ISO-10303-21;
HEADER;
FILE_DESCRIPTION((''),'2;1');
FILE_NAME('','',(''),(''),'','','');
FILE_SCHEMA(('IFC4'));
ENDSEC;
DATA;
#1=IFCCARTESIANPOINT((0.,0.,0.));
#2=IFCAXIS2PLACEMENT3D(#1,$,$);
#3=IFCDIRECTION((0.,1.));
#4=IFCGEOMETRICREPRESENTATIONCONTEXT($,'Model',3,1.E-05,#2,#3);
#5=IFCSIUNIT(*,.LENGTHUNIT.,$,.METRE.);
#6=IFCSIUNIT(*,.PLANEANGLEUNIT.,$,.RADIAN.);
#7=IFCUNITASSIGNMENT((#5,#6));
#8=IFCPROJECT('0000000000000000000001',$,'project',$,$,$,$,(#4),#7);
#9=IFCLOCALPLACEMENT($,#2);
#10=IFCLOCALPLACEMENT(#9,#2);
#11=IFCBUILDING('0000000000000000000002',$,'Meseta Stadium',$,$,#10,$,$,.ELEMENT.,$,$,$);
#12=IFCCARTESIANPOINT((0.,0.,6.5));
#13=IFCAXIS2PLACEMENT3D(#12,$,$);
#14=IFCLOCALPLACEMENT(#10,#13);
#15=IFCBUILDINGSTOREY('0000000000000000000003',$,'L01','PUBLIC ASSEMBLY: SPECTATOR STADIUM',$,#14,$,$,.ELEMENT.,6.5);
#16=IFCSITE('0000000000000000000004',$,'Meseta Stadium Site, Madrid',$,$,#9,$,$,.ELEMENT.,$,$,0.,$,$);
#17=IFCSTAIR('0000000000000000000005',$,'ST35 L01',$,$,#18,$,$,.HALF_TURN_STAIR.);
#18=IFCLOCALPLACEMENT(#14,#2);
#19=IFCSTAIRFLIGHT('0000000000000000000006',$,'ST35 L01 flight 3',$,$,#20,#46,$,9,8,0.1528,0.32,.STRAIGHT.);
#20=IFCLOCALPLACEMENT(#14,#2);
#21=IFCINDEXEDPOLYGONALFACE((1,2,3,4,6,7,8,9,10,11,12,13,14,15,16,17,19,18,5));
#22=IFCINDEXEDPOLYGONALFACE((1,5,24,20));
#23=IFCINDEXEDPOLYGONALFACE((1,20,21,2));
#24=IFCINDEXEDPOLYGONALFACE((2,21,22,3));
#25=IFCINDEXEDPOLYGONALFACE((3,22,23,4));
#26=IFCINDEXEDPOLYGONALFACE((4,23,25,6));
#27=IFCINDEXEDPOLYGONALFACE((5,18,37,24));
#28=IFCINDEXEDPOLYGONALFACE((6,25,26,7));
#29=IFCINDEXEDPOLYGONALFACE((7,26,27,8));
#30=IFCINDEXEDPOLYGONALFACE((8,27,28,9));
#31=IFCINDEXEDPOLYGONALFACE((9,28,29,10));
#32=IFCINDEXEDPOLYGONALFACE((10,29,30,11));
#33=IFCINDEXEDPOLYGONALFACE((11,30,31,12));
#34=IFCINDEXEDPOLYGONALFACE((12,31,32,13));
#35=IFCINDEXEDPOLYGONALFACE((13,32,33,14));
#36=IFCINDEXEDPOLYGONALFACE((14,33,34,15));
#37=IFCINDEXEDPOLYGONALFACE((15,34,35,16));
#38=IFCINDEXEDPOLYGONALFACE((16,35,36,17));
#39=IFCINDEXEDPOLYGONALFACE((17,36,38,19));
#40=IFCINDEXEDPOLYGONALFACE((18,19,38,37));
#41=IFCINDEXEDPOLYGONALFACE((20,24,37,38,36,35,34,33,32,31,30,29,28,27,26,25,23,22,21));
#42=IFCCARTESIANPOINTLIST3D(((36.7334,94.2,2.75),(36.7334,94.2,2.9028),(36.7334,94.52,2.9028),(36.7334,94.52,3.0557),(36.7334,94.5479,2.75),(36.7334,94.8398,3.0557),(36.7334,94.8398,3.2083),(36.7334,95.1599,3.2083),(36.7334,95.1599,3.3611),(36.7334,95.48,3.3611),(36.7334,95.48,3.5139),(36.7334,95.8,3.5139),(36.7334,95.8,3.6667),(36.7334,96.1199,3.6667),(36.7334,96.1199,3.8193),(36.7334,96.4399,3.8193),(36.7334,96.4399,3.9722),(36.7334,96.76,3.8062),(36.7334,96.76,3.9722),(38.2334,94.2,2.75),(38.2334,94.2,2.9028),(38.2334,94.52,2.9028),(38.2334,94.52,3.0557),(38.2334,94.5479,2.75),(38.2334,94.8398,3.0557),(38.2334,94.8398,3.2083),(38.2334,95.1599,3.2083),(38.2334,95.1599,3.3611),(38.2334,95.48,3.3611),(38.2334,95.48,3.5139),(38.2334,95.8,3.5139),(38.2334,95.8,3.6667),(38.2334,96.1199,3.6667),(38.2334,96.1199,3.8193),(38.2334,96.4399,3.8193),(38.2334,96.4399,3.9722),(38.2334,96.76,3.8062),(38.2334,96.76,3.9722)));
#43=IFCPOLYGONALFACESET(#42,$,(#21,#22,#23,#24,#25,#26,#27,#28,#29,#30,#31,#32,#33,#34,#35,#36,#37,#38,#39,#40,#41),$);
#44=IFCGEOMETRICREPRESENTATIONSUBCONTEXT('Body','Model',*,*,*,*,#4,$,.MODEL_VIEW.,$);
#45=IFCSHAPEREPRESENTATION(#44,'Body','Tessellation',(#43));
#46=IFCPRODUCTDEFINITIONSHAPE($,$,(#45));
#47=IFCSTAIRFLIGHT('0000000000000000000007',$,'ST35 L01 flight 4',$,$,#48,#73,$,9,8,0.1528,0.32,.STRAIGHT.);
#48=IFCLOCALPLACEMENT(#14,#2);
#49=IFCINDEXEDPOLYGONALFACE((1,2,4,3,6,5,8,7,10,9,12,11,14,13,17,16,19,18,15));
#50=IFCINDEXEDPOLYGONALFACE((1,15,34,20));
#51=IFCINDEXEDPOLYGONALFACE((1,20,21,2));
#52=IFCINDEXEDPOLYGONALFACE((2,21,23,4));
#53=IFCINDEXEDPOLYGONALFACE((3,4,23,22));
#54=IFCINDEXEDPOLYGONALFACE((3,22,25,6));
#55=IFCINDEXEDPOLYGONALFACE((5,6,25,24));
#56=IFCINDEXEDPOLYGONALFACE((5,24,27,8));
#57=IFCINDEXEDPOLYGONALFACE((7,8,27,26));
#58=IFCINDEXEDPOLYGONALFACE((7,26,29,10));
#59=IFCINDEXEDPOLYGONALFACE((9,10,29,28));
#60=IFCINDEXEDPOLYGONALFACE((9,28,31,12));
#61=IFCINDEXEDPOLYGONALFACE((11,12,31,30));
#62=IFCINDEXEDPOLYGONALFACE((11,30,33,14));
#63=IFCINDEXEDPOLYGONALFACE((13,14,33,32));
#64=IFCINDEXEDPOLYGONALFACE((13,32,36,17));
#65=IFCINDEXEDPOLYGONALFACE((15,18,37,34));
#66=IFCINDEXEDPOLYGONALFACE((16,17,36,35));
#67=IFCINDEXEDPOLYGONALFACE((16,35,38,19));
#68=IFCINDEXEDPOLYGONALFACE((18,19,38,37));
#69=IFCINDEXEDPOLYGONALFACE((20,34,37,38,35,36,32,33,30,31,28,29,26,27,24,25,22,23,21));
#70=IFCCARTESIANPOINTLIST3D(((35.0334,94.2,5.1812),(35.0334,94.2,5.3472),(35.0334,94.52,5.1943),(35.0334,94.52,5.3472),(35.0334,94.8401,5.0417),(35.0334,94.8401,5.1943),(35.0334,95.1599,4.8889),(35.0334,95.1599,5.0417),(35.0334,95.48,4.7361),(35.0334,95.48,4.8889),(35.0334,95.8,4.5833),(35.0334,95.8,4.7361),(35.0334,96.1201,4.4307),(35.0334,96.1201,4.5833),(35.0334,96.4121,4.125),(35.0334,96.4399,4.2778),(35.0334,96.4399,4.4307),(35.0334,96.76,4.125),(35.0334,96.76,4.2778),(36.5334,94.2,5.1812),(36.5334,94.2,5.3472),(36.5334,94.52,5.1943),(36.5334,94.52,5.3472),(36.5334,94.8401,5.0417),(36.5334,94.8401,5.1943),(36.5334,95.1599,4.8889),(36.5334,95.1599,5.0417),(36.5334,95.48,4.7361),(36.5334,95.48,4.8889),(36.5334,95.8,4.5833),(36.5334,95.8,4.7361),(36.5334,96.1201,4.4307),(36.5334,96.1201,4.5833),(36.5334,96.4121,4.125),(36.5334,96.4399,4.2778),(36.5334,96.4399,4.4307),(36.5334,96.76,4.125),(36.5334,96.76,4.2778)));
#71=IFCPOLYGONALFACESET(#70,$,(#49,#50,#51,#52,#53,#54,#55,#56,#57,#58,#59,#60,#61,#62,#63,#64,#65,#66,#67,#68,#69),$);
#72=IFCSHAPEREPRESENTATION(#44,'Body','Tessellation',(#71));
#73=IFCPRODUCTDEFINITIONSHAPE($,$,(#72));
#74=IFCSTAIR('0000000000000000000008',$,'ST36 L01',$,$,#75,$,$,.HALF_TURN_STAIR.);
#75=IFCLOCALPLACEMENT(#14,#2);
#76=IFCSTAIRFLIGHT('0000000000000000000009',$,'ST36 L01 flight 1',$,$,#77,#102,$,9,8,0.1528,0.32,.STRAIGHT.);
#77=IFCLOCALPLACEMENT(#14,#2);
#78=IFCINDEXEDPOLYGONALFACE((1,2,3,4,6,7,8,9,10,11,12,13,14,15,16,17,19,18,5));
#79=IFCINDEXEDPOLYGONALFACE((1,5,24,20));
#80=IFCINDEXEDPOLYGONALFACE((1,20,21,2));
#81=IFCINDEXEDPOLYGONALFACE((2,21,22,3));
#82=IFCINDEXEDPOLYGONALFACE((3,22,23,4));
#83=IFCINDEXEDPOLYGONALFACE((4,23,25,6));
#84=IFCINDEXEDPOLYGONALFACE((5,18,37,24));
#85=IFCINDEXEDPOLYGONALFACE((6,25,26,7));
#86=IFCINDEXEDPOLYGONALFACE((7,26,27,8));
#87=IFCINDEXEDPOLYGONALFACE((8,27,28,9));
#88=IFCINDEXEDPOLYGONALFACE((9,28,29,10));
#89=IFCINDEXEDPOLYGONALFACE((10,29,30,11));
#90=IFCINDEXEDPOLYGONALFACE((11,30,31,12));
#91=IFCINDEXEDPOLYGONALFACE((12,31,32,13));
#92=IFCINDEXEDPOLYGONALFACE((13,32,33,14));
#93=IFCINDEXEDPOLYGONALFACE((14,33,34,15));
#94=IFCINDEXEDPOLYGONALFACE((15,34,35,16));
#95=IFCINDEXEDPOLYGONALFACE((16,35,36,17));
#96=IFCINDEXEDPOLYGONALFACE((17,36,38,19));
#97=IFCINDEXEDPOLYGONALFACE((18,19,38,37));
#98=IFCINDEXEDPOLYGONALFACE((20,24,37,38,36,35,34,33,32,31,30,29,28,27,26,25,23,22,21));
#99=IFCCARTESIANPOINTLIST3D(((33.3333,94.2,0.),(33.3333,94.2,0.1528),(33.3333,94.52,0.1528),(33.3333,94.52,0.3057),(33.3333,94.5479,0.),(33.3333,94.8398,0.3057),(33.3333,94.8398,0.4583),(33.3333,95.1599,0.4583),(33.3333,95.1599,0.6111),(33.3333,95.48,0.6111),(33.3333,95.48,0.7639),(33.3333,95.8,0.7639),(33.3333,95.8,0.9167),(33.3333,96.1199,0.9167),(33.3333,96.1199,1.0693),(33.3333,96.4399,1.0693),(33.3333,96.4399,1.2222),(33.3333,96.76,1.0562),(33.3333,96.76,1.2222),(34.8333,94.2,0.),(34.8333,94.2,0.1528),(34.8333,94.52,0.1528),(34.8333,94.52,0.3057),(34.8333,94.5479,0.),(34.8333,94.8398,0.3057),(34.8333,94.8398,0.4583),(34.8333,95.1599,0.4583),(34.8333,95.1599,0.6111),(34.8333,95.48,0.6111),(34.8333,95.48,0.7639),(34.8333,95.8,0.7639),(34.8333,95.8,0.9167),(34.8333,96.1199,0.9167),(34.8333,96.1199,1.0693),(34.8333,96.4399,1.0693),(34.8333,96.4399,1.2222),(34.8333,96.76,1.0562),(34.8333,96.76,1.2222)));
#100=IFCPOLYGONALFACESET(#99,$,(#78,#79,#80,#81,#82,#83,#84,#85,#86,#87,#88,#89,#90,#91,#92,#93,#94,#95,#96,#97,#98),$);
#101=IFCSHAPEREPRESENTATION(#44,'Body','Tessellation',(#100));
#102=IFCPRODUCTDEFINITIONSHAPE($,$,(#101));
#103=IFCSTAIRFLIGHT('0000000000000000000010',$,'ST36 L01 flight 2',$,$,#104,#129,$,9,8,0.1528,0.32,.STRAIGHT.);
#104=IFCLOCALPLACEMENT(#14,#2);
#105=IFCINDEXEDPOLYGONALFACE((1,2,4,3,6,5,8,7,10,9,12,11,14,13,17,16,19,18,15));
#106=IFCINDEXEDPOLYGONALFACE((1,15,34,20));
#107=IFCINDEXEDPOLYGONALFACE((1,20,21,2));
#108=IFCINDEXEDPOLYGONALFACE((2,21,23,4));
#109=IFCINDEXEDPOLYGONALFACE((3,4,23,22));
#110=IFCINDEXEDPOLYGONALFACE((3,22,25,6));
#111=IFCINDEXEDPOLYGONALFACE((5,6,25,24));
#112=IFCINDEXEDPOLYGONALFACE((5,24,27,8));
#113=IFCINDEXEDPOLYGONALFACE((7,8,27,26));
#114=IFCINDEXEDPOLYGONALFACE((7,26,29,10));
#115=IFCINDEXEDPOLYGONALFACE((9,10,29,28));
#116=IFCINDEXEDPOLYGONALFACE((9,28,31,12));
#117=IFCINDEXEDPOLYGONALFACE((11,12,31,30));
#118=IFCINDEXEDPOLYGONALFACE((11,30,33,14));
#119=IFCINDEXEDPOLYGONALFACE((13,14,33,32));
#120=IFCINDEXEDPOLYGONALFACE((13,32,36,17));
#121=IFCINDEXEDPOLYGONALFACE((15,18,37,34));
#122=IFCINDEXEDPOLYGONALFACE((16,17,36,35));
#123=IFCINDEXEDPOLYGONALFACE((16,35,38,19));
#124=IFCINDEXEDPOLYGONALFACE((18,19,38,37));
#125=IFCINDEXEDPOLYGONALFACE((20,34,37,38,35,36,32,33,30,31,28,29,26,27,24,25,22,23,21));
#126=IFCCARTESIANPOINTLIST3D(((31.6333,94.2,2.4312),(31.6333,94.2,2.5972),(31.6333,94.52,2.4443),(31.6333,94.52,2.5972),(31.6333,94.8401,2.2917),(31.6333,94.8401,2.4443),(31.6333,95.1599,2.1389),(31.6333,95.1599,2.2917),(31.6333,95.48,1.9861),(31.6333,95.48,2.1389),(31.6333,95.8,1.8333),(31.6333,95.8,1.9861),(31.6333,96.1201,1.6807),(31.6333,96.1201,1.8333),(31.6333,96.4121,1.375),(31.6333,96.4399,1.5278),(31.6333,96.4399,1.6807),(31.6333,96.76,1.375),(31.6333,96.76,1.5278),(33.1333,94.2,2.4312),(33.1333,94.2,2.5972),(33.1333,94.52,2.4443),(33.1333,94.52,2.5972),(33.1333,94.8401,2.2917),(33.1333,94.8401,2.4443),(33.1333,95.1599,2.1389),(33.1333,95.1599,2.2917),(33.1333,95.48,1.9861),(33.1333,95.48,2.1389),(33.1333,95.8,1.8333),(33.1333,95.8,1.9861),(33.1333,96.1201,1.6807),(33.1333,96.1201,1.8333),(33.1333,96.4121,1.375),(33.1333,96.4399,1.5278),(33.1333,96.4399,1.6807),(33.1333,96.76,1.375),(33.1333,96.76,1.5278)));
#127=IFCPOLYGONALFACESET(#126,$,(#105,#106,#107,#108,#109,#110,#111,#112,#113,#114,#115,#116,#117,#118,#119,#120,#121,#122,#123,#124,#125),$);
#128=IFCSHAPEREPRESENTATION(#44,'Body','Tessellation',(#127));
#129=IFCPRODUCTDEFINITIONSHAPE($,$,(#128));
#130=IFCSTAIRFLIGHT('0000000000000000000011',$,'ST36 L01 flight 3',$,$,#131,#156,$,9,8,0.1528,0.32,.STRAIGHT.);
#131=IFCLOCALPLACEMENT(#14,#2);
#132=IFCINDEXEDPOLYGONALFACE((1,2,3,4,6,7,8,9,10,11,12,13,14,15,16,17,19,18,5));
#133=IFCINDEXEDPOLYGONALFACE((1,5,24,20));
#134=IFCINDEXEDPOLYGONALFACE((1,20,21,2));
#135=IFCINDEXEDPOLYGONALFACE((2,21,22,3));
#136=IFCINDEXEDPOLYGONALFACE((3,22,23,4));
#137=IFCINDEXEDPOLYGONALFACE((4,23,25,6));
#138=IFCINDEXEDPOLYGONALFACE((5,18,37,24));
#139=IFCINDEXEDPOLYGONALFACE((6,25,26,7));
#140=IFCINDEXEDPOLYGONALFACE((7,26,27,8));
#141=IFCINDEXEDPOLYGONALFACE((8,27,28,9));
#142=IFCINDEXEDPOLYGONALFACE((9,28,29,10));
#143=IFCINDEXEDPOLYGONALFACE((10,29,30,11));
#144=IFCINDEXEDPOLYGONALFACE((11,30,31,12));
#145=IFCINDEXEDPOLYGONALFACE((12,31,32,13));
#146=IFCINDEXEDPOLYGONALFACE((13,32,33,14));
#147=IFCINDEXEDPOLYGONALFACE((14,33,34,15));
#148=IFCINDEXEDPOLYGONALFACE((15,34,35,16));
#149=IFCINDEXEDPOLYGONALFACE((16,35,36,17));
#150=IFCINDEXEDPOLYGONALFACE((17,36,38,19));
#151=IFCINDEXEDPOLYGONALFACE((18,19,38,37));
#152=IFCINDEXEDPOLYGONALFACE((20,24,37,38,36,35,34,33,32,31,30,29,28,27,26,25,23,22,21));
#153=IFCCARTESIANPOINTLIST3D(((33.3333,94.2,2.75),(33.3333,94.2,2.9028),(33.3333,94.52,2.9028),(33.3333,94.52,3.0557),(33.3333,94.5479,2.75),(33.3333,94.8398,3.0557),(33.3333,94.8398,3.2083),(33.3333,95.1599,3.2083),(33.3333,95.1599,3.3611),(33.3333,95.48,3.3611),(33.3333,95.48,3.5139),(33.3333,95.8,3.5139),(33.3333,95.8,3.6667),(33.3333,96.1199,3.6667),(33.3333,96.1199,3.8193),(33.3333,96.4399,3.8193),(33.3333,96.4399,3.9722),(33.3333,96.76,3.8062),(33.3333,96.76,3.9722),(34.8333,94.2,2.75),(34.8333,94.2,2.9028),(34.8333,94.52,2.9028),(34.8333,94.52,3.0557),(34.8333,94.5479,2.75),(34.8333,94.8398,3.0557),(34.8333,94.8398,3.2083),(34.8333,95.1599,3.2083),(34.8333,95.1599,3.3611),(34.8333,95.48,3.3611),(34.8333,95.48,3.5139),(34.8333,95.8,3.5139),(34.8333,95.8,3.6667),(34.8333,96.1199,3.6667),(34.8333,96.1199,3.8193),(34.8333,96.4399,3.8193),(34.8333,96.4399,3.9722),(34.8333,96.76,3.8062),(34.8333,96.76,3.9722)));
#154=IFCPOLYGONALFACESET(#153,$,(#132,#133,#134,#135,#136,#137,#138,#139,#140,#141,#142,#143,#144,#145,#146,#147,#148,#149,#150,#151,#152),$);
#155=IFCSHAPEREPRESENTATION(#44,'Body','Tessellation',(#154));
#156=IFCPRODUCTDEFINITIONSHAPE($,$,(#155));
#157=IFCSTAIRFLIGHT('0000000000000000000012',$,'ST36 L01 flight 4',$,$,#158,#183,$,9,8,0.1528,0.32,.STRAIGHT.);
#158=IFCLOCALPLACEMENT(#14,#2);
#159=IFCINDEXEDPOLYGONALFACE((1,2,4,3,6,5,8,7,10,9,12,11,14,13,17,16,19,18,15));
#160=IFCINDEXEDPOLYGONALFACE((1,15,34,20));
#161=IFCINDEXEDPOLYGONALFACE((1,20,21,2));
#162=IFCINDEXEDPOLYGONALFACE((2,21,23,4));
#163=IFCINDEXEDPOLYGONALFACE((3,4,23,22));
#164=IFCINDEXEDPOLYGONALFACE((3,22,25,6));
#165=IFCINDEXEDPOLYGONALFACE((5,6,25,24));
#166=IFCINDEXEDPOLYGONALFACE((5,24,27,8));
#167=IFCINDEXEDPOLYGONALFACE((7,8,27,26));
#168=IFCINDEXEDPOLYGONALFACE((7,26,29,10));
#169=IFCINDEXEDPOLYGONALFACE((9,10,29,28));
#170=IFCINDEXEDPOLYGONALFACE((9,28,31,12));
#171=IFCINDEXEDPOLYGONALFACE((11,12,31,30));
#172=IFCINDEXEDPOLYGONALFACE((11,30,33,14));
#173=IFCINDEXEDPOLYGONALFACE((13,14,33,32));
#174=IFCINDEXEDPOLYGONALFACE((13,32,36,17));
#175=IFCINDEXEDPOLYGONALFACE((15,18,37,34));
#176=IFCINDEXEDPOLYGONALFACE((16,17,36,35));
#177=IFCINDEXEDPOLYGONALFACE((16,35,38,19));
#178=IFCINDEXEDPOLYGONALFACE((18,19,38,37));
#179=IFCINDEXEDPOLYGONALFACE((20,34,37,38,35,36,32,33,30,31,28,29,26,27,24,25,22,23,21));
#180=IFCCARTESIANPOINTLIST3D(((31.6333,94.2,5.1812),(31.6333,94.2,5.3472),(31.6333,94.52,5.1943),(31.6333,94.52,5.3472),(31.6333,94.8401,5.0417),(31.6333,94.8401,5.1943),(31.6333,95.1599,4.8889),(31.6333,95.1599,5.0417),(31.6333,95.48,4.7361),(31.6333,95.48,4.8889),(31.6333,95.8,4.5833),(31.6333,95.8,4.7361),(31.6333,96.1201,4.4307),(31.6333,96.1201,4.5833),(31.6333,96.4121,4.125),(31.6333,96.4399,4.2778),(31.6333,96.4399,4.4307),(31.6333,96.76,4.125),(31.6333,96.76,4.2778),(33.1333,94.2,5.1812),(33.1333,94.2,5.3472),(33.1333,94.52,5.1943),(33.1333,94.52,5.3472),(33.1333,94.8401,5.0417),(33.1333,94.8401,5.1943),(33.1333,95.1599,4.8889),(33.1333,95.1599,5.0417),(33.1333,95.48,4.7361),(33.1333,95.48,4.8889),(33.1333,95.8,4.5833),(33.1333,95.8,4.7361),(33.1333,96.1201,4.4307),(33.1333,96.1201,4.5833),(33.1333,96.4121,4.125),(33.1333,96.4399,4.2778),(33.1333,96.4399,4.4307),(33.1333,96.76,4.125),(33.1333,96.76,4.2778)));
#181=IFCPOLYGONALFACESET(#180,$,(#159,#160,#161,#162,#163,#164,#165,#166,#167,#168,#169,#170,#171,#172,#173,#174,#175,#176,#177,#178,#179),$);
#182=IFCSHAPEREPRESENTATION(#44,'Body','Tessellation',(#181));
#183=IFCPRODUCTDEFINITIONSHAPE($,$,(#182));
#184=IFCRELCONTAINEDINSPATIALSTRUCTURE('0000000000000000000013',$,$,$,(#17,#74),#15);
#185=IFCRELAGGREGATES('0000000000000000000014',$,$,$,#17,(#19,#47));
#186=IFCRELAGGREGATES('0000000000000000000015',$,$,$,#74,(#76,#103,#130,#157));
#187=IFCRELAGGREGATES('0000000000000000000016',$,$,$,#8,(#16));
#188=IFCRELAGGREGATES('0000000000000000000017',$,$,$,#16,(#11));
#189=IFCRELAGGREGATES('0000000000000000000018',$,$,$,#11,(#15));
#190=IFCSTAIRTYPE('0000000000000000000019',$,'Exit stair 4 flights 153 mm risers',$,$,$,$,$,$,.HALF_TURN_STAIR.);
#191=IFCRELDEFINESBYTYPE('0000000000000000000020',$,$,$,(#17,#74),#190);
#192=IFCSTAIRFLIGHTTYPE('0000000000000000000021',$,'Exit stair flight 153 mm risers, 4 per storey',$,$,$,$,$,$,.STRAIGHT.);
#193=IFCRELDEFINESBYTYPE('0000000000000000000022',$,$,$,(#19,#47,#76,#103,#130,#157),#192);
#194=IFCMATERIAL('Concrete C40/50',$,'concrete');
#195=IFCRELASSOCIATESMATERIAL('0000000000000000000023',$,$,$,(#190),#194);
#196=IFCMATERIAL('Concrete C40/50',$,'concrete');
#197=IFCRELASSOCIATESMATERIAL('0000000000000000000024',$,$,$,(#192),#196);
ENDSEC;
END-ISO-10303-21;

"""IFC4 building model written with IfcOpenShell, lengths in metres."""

from ifc_helpers import new_model, si_unit, direction, frame, origin, place, context, subcontext, project, spatial, polyline, outline, extrude, material, type_object, element, aggregate, save


model = new_model("IFC4")

# Units and contexts
model_context = context("Model", 3, precision=1e-05, world=origin(), true_north=direction((0.0, 1.0)))
body_context = subcontext(model_context, "Body", "Model", "MODEL_VIEW")
ifc_project = project(units=[si_unit("LENGTHUNIT", "METRE"), si_unit("PLANEANGLEUNIT", "RADIAN")], contexts=[model_context])

# Site, building, storey
site_placement = place(None, origin())
site = spatial("IfcSite", under=ifc_project, at=site_placement, Name="Meseta Stadium Site, Madrid", CompositionType="ELEMENT", RefElevation=0.0)
building_placement = place(site_placement, origin())
building = spatial("IfcBuilding", under=site, at=building_placement, Name="Meseta Stadium", CompositionType="ELEMENT")
storey_placement = place(building_placement, frame((0.0, 0.0, 6.5)))
storey = spatial("IfcBuildingStorey", under=building, at=storey_placement, Name="L01", Description="PUBLIC ASSEMBLY: SPECTATOR STADIUM", CompositionType="ELEMENT", Elevation=6.5)

# Stairs, stair flights
ifc_material_1 = material(Name="Concrete C40/50", Category="concrete")
stair_type = type_object("IfcStairType", Name="Exit stair 4 flights 153 mm risers", PredefinedType="HALF_TURN_STAIR", material=ifc_material_1)
stair_1_placement = place(storey_placement, origin())
stair_1 = element("IfcStair", 1, at=stair_1_placement, inside=storey, type_object=stair_type, Name="ST35 L01", PredefinedType="HALF_TURN_STAIR")
ifc_material_2 = material(Name="Concrete C40/50", Category="concrete")
stair_flight_type = type_object("IfcStairFlightType", Name="Exit stair flight 153 mm risers, 4 per storey", PredefinedType="STRAIGHT", material=ifc_material_2)
stair_flight_1_placement = place(storey_placement, frame((37.4834, 94.2, 2.75), z_axis=(0.0, 0.0, 1.0), x_axis=(0.0, 1.0, 0.0)))
stair_flight_1 = element("IfcStairFlight", 2, at=stair_flight_1_placement, type_object=stair_flight_type, Name="ST35 L01 flight 3", NumberOfRisers=9, NumberOfTreads=8, PredefinedType="STRAIGHT", RiserHeight=0.1528, TreadLength=0.32, context=body_context, shape_type="SweptSolid", body=[
    extrude(outline(polyline([(0.0, 0.0), (0.0, 0.1528), (0.3201, 0.1528), (0.3201, 0.3057), (0.6399, 0.3057), (0.6399, 0.4583), (0.96, 0.4583), (0.96, 0.6111), (1.28, 0.6111), (1.28, 0.7639), (1.6001, 0.7639), (1.6001, 0.9167), (1.9199, 0.9167), (1.9199, 1.0693), (2.24, 1.0693), (2.24, 1.2222), (2.5601, 1.2222), (2.5601, 1.0562), (0.3479, 0.0), (0.0, 0.0)])), frame((0.0, 0.75, 0.0), z_axis=(0.0, -1.0, 0.0), x_axis=(1.0, 0.0, 0.0)), (0.0, 0.0, 1.0), 1.5),
])
stair_flight_2_placement = place(storey_placement, frame((35.7834, 96.76, 4.125), z_axis=(0.0, 0.0, 1.0), x_axis=(0.0, -1.0, 0.0)))
stair_flight_2 = element("IfcStairFlight", 3, at=stair_flight_2_placement, type_object=stair_flight_type, Name="ST35 L01 flight 4", NumberOfRisers=9, NumberOfTreads=8, PredefinedType="STRAIGHT", RiserHeight=0.1528, TreadLength=0.32, context=body_context, shape_type="SweptSolid", body=[
    extrude(outline(polyline([(0.0, 0.0), (0.0, 0.1528), (0.3201, 0.1528), (0.3201, 0.3057), (0.6399, 0.3057), (0.6399, 0.4583), (0.96, 0.4583), (0.96, 0.6111), (1.28, 0.6111), (1.28, 0.7639), (1.6001, 0.7639), (1.6001, 0.9167), (1.9199, 0.9167), (1.9199, 1.0693), (2.24, 1.0693), (2.24, 1.2222), (2.5601, 1.2222), (2.5601, 1.0562), (0.3479, 0.0), (0.0, 0.0)])), frame((0.0, 0.75, 0.0), z_axis=(0.0, -1.0, 0.0), x_axis=(1.0, 0.0, 0.0)), (0.0, 0.0, 1.0), 1.5),
])
aggregate(stair_1, [stair_flight_1, stair_flight_2])
stair_2_placement = place(storey_placement, origin())
stair_2 = element("IfcStair", 4, at=stair_2_placement, inside=storey, type_object=stair_type, Name="ST36 L01", PredefinedType="HALF_TURN_STAIR")
stair_flight_3_placement = place(storey_placement, frame((34.0833, 94.2, 0.0), z_axis=(0.0, 0.0, 1.0), x_axis=(0.0, 1.0, 0.0)))
stair_flight_3 = element("IfcStairFlight", 5, at=stair_flight_3_placement, type_object=stair_flight_type, Name="ST36 L01 flight 1", NumberOfRisers=9, NumberOfTreads=8, PredefinedType="STRAIGHT", RiserHeight=0.1528, TreadLength=0.32, context=body_context, shape_type="SweptSolid", body=[
    extrude(outline(polyline([(0.0, 0.0), (0.0, 0.1528), (0.3201, 0.1528), (0.3201, 0.3057), (0.6399, 0.3057), (0.6399, 0.4583), (0.96, 0.4583), (0.96, 0.6111), (1.28, 0.6111), (1.28, 0.7639), (1.6001, 0.7639), (1.6001, 0.9167), (1.9199, 0.9167), (1.9199, 1.0693), (2.24, 1.0693), (2.24, 1.2222), (2.5601, 1.2222), (2.5601, 1.0562), (0.3479, 0.0), (0.0, 0.0)])), frame((0.0, 0.75, 0.0), z_axis=(0.0, -1.0, 0.0), x_axis=(1.0, 0.0, 0.0)), (0.0, 0.0, 1.0), 1.5),
])
stair_flight_4_placement = place(storey_placement, frame((32.3833, 96.76, 1.375), z_axis=(0.0, 0.0, 1.0), x_axis=(0.0, -1.0, 0.0)))
stair_flight_4 = element("IfcStairFlight", 6, at=stair_flight_4_placement, type_object=stair_flight_type, Name="ST36 L01 flight 2", NumberOfRisers=9, NumberOfTreads=8, PredefinedType="STRAIGHT", RiserHeight=0.1528, TreadLength=0.32, context=body_context, shape_type="SweptSolid", body=[
    extrude(outline(polyline([(0.0, 0.0), (0.0, 0.1528), (0.3201, 0.1528), (0.3201, 0.3057), (0.6399, 0.3057), (0.6399, 0.4583), (0.96, 0.4583), (0.96, 0.6111), (1.28, 0.6111), (1.28, 0.7639), (1.6001, 0.7639), (1.6001, 0.9167), (1.9199, 0.9167), (1.9199, 1.0693), (2.24, 1.0693), (2.24, 1.2222), (2.5601, 1.2222), (2.5601, 1.0562), (0.3479, 0.0), (0.0, 0.0)])), frame((0.0, 0.75, 0.0), z_axis=(0.0, -1.0, 0.0), x_axis=(1.0, 0.0, 0.0)), (0.0, 0.0, 1.0), 1.5),
])
stair_flight_5_placement = place(storey_placement, frame((34.0833, 94.2, 2.75), z_axis=(0.0, 0.0, 1.0), x_axis=(0.0, 1.0, 0.0)))
stair_flight_5 = element("IfcStairFlight", 7, at=stair_flight_5_placement, type_object=stair_flight_type, Name="ST36 L01 flight 3", NumberOfRisers=9, NumberOfTreads=8, PredefinedType="STRAIGHT", RiserHeight=0.1528, TreadLength=0.32, context=body_context, shape_type="SweptSolid", body=[
    extrude(outline(polyline([(0.0, 0.0), (0.0, 0.1528), (0.3201, 0.1528), (0.3201, 0.3057), (0.6399, 0.3057), (0.6399, 0.4583), (0.96, 0.4583), (0.96, 0.6111), (1.28, 0.6111), (1.28, 0.7639), (1.6001, 0.7639), (1.6001, 0.9167), (1.9199, 0.9167), (1.9199, 1.0693), (2.24, 1.0693), (2.24, 1.2222), (2.5601, 1.2222), (2.5601, 1.0562), (0.3479, 0.0), (0.0, 0.0)])), frame((0.0, 0.75, 0.0), z_axis=(0.0, -1.0, 0.0), x_axis=(1.0, 0.0, 0.0)), (0.0, 0.0, 1.0), 1.5),
])
stair_flight_6_placement = place(storey_placement, frame((32.3833, 96.76, 4.125), z_axis=(0.0, 0.0, 1.0), x_axis=(0.0, -1.0, 0.0)))
stair_flight_6 = element("IfcStairFlight", 8, at=stair_flight_6_placement, type_object=stair_flight_type, Name="ST36 L01 flight 4", NumberOfRisers=9, NumberOfTreads=8, PredefinedType="STRAIGHT", RiserHeight=0.1528, TreadLength=0.32, context=body_context, shape_type="SweptSolid", body=[
    extrude(outline(polyline([(0.0, 0.0), (0.0, 0.1528), (0.3201, 0.1528), (0.3201, 0.3057), (0.6399, 0.3057), (0.6399, 0.4583), (0.96, 0.4583), (0.96, 0.6111), (1.28, 0.6111), (1.28, 0.7639), (1.6001, 0.7639), (1.6001, 0.9167), (1.9199, 0.9167), (1.9199, 1.0693), (2.24, 1.0693), (2.24, 1.2222), (2.5601, 1.2222), (2.5601, 1.0562), (0.3479, 0.0), (0.0, 0.0)])), frame((0.0, 0.75, 0.0), z_axis=(0.0, -1.0, 0.0), x_axis=(1.0, 0.0, 0.0)), (0.0, 0.0, 1.0), 1.5),
])
aggregate(stair_2, [stair_flight_3, stair_flight_4, stair_flight_5, stair_flight_6])

save(model, "model.ifc")
